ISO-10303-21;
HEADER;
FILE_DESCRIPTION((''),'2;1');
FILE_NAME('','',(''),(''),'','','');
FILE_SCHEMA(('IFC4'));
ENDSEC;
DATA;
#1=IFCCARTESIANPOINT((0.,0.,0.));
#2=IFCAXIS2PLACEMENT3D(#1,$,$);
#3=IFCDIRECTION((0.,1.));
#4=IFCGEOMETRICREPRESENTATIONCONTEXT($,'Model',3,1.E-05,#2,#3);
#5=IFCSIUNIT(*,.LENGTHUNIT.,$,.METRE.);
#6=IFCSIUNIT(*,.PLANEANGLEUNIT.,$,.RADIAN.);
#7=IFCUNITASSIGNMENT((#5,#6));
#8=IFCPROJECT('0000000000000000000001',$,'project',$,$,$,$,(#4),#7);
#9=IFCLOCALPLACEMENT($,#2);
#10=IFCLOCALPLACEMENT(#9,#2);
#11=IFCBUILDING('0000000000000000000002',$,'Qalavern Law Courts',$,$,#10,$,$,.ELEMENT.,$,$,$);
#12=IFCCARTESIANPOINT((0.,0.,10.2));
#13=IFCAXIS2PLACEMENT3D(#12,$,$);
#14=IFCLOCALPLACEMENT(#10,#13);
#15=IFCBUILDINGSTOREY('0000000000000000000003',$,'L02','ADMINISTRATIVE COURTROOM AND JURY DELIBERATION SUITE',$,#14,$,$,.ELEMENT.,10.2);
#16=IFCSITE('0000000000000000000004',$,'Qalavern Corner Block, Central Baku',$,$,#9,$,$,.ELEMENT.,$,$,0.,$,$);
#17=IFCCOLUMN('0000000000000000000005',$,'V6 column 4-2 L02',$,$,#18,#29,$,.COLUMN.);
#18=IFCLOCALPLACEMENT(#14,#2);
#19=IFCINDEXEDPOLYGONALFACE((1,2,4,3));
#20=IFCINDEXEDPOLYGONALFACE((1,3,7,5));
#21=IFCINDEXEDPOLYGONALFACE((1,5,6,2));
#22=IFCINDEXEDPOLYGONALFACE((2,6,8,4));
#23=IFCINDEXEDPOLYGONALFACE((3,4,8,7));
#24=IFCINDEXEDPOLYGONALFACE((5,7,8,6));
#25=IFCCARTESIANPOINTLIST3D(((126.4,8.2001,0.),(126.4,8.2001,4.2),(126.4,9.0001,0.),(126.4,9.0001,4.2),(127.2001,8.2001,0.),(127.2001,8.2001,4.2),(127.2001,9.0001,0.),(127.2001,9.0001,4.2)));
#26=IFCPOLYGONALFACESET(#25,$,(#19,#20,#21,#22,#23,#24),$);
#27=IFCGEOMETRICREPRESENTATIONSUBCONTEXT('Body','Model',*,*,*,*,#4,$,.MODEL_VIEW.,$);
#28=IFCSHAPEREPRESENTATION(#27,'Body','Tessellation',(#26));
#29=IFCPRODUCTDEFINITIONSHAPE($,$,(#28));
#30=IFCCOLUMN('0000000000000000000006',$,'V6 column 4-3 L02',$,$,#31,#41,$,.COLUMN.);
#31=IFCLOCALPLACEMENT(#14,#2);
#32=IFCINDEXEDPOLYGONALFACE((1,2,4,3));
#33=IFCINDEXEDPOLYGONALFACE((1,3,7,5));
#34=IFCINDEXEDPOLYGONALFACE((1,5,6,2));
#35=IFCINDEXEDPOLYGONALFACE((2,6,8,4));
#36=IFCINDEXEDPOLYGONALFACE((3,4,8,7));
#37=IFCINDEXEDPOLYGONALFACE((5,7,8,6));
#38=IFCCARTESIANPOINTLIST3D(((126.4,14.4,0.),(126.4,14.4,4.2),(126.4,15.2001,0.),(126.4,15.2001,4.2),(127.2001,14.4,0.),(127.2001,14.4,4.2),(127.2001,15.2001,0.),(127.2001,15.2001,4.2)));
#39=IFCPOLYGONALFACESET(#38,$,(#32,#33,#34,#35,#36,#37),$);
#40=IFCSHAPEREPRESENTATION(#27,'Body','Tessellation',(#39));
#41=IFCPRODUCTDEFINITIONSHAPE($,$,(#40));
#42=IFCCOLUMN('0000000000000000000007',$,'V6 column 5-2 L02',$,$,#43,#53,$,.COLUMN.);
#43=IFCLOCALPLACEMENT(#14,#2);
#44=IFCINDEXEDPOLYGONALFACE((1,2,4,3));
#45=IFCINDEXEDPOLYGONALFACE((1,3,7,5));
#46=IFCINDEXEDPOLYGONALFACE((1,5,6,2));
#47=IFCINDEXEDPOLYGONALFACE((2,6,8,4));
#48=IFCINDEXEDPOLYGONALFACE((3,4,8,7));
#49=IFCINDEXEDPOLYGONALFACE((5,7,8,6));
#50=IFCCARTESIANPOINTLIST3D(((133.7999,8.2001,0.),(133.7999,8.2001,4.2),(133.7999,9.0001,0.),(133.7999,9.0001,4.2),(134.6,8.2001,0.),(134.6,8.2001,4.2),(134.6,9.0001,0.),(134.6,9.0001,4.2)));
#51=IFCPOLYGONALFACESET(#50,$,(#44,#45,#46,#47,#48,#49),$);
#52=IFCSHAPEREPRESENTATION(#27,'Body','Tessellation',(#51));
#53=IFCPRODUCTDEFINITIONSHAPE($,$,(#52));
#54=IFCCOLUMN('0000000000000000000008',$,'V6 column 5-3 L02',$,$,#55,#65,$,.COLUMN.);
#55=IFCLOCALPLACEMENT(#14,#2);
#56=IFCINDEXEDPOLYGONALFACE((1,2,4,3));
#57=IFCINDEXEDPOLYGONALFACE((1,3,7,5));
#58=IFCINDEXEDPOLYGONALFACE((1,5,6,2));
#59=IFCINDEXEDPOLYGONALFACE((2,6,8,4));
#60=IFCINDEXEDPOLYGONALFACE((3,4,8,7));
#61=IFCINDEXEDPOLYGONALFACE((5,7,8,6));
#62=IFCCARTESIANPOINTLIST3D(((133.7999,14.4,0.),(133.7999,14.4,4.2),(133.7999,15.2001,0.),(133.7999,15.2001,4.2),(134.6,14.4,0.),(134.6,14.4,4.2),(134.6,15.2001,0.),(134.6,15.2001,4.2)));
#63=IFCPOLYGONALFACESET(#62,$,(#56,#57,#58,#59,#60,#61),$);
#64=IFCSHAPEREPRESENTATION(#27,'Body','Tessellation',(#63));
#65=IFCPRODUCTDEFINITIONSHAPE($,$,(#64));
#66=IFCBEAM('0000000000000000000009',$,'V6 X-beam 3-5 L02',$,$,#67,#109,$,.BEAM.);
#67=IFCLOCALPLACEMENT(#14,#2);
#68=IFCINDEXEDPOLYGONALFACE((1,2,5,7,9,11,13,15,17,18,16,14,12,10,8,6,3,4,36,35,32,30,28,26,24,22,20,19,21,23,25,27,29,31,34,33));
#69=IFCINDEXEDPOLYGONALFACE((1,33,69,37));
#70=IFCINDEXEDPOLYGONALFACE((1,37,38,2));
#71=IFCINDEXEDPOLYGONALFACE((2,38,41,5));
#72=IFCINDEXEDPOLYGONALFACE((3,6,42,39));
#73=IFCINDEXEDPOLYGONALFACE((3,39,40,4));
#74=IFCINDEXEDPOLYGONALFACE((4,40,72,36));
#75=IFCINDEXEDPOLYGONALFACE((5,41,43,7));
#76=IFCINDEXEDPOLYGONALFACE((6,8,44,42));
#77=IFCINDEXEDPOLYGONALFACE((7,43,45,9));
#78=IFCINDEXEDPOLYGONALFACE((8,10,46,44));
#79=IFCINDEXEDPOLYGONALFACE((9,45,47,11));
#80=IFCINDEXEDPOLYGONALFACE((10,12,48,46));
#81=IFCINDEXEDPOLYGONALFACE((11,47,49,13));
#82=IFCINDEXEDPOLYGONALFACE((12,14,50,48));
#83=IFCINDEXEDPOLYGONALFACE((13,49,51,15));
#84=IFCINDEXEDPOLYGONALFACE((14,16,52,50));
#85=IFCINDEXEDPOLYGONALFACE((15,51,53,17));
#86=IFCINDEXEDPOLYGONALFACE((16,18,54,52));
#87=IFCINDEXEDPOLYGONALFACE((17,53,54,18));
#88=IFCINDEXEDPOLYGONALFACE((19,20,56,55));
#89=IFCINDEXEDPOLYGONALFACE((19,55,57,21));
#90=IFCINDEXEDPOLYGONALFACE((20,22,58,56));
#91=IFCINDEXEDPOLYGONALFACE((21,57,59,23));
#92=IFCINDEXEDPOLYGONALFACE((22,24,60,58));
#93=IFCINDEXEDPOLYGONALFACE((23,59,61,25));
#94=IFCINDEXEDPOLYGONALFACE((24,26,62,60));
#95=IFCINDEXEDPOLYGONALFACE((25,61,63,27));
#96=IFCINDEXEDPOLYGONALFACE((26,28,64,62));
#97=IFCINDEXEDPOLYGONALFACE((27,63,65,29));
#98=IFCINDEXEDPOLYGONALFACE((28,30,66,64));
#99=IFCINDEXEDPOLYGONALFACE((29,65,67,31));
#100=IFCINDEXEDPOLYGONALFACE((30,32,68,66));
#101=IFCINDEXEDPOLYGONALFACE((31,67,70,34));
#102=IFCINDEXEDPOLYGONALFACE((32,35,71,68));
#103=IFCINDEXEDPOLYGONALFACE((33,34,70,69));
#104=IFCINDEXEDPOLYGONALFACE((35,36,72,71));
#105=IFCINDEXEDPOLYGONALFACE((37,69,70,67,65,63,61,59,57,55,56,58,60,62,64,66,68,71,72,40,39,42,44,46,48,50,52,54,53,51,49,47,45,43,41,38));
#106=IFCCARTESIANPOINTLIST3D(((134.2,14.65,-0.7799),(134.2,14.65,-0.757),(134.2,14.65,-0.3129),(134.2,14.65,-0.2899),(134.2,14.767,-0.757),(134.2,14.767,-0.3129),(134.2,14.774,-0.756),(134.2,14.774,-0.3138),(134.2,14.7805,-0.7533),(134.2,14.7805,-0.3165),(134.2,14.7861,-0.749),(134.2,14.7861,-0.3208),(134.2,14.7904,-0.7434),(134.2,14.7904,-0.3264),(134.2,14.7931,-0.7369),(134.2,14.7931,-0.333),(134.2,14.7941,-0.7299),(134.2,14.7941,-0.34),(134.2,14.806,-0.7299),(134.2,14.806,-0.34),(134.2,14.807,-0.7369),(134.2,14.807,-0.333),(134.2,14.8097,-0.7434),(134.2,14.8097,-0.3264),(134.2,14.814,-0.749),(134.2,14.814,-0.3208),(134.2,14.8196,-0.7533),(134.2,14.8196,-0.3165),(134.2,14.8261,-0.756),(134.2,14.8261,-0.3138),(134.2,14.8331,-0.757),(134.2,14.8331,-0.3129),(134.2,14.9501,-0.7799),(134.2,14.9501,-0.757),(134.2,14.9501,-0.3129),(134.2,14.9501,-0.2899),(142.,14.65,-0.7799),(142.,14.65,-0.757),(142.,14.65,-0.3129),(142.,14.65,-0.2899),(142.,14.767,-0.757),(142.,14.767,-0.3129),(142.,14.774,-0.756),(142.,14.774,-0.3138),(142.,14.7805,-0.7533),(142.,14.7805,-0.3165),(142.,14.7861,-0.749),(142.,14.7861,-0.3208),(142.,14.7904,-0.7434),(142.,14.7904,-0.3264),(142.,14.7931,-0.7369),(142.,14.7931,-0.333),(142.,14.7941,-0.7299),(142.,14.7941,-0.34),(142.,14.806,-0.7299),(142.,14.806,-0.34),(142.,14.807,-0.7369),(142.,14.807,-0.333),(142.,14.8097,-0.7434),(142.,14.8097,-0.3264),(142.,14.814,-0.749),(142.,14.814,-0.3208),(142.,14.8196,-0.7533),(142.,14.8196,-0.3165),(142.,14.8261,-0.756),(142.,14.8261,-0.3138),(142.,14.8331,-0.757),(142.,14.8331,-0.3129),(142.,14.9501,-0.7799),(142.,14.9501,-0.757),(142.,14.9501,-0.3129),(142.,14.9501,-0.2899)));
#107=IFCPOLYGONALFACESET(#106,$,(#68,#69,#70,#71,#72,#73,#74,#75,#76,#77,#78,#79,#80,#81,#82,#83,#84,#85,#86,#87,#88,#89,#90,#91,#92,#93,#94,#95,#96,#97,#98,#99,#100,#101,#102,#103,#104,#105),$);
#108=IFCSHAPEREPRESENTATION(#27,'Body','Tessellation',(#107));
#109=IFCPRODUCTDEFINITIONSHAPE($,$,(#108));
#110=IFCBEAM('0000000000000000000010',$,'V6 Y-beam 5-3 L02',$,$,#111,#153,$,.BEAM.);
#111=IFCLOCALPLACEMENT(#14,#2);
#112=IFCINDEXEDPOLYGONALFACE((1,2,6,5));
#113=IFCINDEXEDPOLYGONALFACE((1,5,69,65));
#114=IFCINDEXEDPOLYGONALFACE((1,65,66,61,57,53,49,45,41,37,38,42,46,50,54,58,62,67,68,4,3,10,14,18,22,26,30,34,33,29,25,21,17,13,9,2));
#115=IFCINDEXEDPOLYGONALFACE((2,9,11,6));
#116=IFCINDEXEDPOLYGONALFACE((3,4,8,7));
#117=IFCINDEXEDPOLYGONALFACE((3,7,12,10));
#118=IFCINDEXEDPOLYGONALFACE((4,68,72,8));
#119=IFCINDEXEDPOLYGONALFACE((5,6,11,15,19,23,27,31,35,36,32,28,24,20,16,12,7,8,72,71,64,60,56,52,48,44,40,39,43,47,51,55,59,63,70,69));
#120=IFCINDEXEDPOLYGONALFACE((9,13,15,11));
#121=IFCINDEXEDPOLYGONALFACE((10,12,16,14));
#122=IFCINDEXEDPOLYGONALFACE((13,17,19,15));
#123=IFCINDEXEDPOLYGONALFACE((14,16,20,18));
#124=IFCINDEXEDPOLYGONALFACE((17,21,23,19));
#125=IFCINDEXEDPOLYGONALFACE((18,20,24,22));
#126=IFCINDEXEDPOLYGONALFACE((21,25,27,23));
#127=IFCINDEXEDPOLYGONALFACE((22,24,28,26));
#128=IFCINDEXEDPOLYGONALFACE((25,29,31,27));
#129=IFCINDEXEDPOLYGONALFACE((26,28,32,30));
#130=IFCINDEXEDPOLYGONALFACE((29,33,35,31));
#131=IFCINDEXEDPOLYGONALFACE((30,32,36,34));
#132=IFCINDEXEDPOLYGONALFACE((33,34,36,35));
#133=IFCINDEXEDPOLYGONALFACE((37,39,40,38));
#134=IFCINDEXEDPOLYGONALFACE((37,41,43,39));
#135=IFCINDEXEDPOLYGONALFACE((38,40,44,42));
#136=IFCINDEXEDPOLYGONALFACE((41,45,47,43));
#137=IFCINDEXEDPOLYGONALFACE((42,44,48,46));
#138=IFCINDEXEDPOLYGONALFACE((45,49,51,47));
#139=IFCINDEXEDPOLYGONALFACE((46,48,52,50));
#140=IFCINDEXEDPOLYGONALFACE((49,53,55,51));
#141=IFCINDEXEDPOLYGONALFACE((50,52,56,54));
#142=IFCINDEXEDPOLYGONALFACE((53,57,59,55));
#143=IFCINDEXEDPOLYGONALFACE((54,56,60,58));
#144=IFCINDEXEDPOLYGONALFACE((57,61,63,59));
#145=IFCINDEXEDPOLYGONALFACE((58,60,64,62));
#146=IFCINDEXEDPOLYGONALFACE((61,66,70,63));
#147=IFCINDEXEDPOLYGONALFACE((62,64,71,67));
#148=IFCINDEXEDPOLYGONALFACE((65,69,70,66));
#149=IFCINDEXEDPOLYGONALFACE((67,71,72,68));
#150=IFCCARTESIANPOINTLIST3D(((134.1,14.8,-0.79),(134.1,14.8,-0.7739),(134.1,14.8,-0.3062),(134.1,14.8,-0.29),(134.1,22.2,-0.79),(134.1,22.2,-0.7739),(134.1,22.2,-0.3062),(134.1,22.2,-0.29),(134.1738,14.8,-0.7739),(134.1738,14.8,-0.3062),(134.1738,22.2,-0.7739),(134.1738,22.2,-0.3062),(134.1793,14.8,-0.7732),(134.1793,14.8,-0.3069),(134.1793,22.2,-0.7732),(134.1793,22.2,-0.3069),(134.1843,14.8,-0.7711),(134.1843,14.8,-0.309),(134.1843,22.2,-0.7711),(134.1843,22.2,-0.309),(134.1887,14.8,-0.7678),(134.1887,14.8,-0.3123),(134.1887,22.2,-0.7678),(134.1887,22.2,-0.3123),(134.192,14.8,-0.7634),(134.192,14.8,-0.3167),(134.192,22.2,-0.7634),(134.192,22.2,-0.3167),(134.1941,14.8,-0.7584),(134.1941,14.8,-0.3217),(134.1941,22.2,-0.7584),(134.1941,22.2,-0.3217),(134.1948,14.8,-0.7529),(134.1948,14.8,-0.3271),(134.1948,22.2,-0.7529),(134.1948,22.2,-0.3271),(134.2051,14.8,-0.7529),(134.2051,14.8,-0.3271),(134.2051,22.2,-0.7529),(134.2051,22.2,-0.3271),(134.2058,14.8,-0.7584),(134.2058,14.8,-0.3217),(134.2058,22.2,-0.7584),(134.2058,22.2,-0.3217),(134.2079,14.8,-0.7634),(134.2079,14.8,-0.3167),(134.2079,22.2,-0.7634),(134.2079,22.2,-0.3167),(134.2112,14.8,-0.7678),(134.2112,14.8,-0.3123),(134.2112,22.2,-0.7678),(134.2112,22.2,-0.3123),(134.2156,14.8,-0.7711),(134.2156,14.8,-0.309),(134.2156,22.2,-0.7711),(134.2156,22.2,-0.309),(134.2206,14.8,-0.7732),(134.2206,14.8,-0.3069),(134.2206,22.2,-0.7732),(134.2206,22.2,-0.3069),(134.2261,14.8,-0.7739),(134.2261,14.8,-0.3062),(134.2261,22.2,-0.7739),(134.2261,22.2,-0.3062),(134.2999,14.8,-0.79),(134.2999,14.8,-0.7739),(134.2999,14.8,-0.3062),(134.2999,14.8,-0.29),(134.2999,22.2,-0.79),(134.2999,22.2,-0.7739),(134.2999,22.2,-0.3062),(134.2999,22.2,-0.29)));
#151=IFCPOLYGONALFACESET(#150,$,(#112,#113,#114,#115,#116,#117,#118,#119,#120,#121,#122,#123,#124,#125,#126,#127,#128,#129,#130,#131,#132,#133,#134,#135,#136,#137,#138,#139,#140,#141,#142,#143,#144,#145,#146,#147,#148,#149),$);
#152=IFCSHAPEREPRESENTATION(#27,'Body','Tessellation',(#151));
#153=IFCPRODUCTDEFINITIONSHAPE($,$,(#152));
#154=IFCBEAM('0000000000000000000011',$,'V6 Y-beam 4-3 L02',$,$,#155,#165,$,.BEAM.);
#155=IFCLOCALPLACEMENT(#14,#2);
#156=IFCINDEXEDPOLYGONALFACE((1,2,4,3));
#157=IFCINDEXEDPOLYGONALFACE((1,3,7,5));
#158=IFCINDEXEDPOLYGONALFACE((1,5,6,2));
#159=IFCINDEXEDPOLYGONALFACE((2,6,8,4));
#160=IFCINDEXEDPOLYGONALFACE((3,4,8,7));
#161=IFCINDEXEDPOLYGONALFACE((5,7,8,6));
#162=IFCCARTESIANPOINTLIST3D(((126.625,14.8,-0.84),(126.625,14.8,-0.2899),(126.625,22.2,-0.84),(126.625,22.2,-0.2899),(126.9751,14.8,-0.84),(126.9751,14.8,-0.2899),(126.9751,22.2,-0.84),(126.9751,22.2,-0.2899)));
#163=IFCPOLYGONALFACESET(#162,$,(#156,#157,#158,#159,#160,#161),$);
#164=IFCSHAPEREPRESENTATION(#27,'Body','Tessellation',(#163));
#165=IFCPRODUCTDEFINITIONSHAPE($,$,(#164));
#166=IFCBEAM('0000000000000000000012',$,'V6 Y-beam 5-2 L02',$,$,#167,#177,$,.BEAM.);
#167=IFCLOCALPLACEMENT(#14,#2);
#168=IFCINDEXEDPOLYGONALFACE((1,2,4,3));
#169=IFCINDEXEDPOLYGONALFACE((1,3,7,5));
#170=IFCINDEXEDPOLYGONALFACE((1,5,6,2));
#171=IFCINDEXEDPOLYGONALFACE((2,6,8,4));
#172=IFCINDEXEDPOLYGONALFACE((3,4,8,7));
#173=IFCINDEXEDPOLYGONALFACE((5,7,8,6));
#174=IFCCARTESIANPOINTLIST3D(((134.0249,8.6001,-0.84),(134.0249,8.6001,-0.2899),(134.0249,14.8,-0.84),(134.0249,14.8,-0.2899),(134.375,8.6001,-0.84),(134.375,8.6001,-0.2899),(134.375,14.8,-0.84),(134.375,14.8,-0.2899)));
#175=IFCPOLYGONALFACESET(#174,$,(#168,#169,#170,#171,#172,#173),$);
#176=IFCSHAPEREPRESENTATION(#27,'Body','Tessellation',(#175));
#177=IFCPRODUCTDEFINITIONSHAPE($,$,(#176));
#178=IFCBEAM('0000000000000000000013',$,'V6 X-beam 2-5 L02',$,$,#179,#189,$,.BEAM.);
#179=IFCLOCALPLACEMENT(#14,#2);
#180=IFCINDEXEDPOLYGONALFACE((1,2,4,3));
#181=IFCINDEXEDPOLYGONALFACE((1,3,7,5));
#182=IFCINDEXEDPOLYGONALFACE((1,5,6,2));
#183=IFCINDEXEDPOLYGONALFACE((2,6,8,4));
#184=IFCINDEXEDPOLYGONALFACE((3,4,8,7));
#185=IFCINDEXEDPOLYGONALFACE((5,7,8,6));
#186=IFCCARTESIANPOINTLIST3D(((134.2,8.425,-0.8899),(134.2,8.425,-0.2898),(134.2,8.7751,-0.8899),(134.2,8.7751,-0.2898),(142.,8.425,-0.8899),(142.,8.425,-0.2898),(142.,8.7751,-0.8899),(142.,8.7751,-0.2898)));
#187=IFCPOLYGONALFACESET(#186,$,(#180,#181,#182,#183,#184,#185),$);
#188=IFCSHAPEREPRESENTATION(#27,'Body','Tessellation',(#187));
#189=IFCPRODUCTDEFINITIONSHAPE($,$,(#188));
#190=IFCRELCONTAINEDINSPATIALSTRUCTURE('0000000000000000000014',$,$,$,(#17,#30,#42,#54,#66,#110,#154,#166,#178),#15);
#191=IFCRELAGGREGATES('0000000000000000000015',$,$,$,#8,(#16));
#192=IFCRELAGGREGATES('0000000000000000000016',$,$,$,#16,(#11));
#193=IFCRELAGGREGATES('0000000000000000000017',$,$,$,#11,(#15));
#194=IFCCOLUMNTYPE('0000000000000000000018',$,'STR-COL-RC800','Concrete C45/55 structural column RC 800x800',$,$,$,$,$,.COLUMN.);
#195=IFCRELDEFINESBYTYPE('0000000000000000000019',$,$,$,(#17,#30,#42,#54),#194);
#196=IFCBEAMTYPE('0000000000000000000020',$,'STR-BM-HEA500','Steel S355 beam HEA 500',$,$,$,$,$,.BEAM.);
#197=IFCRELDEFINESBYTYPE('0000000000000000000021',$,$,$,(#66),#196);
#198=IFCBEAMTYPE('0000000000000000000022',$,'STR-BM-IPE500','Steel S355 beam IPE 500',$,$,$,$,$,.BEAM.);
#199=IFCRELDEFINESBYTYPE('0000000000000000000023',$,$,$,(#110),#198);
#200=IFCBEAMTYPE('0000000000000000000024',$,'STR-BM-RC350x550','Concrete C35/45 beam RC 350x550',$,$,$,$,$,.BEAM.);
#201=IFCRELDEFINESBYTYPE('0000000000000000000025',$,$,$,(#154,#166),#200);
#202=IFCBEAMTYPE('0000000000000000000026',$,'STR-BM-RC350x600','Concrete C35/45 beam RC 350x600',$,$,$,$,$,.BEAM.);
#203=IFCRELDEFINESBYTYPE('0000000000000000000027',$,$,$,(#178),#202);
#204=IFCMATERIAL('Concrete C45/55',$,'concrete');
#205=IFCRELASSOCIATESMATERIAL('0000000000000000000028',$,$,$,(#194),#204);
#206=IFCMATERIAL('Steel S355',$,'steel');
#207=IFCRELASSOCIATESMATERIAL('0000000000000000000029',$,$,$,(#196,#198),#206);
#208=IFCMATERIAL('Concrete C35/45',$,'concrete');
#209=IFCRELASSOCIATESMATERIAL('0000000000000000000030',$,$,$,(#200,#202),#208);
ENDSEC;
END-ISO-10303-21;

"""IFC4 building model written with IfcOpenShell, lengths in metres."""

from ifc_helpers import new_model, si_unit, direction, frame, origin, origin_2d, place, context, subcontext, project, spatial, rectangle, i_section, extrude, material, material_profile, profile_set, type_object, element, save


model = new_model("IFC4")

# Units and contexts
model_context = context("Model", 3, precision=1e-05, world=origin(), true_north=direction((0.0, 1.0)))
body_context = subcontext(model_context, "Body", "Model", "MODEL_VIEW")
ifc_project = project(units=[si_unit("LENGTHUNIT", "METRE"), si_unit("PLANEANGLEUNIT", "RADIAN")], contexts=[model_context])

# Site, building, storey
site_placement = place(None, origin())
site = spatial("IfcSite", under=ifc_project, at=site_placement, Name="Qalavern Corner Block, Central Baku", CompositionType="ELEMENT", RefElevation=0.0)
building_placement = place(site_placement, origin())
building = spatial("IfcBuilding", under=site, at=building_placement, Name="Qalavern Law Courts", CompositionType="ELEMENT")
storey_placement = place(building_placement, frame((0.0, 0.0, 10.2)))
storey = spatial("IfcBuildingStorey", under=building, at=storey_placement, Name="L02", Description="ADMINISTRATIVE COURTROOM AND JURY DELIBERATION SUITE", CompositionType="ELEMENT", Elevation=10.2)

# Columns
ifc_material_1 = material(Name="Concrete C45/55", Category="concrete")
ifc_material_profile_1 = material_profile(ifc_material_1, rectangle(XDim=0.8, YDim=0.8, at=origin_2d()), Name="RC 800x800")
ifc_profile_set_1 = profile_set([ifc_material_profile_1], Name="Concrete C45/55")
column_type = type_object("IfcColumnType", Name="STR-COL-RC800", Description="Concrete C45/55 structural column RC 800x800", PredefinedType="COLUMN", material=ifc_profile_set_1)
for number, where, z_axis, x_axis, name in (
    (1, (126.8, 8.6001, 0.0), (0.0, 0.0, 1.0), (1.0, 0.0, 0.0), "V6 column 4-2 L02"),
    (2, (126.8, 14.8, 0.0), (0.0, 0.0, 1.0), (1.0, 0.0, 0.0), "V6 column 4-3 L02"),
    (3, (134.2, 8.6001, 0.0), (0.0, 0.0, 1.0), (1.0, 0.0, 0.0), "V6 column 5-2 L02"),
    (4, (134.2, 14.8, 0.0), (0.0, 0.0, 1.0), (1.0, 0.0, 0.0), "V6 column 5-3 L02"),
):
    element("IfcColumn", number, at=place(storey_placement, frame(where, z_axis=z_axis, x_axis=x_axis)), inside=storey, type_object=column_type, Name=name, PredefinedType="COLUMN", context=body_context, shape_type="SweptSolid", body=[
        extrude(rectangle(XDim=0.8, YDim=0.8, at=origin_2d()), origin(), (0.0, 0.0, 1.0), 4.2),
    ])

# Beams
ifc_material_2 = material(Name="Steel S355", Category="steel")
ifc_material_profile_2 = material_profile(ifc_material_2, i_section(OverallWidth=0.3, OverallDepth=0.49, WebThickness=0.012, FlangeThickness=0.0229, FilletRadius=0.0271, at=origin_2d()), Name="HEA 500")
ifc_profile_set_2 = profile_set([ifc_material_profile_2], Name="Steel S355")
beam_type_1 = type_object("IfcBeamType", Name="STR-BM-HEA500", Description="Steel S355 beam HEA 500", PredefinedType="BEAM", material=ifc_profile_set_2)
beam_1_placement = place(storey_placement, frame((134.2, 14.8, -0.5349), z_axis=(1.0, 0.0, 0.0), x_axis=(0.0, 1.0, 0.0)))
element("IfcBeam", 5, at=beam_1_placement, inside=storey, type_object=beam_type_1, Name="V6 X-beam 3-5 L02", PredefinedType="BEAM", context=body_context, shape_type="SweptSolid", body=[
    extrude(i_section(OverallWidth=0.3, OverallDepth=0.49, WebThickness=0.012, FlangeThickness=0.0229, FilletRadius=0.0271, at=origin_2d()), origin(), (0.0, 0.0, 1.0), 7.8),
])
ifc_material_profile_3 = material_profile(ifc_material_2, i_section(OverallWidth=0.2, OverallDepth=0.5, WebThickness=0.0103, FlangeThickness=0.0161, FilletRadius=0.021, at=origin_2d()), Name="IPE 500")
ifc_profile_set_3 = profile_set([ifc_material_profile_3], Name="Steel S355")
beam_type_2 = type_object("IfcBeamType", Name="STR-BM-IPE500", Description="Steel S355 beam IPE 500", PredefinedType="BEAM", material=ifc_profile_set_3)
beam_2_placement = place(storey_placement, frame((134.2, 14.8, -0.54), z_axis=(0.0, 1.0, 0.0), x_axis=(-1.0, 0.0, 0.0)))
element("IfcBeam", 6, at=beam_2_placement, inside=storey, type_object=beam_type_2, Name="V6 Y-beam 5-3 L02", PredefinedType="BEAM", context=body_context, shape_type="SweptSolid", body=[
    extrude(i_section(OverallWidth=0.2, OverallDepth=0.5, WebThickness=0.0103, FlangeThickness=0.0161, FilletRadius=0.021, at=origin_2d()), origin(), (0.0, 0.0, 1.0), 7.3999),
])
ifc_material_3 = material(Name="Concrete C35/45", Category="concrete")
ifc_material_profile_4 = material_profile(ifc_material_3, rectangle(XDim=0.3501, YDim=0.55, at=origin_2d()), Name="RC 350x550")
ifc_profile_set_4 = profile_set([ifc_material_profile_4], Name="Concrete C35/45")
beam_type_3 = type_object("IfcBeamType", Name="STR-BM-RC350x550", Description="Concrete C35/45 beam RC 350x550", PredefinedType="BEAM", material=ifc_profile_set_4)
beam_3_placement = place(storey_placement, frame((126.8, 14.8, -0.5649), z_axis=(0.0, 1.0, 0.0), x_axis=(-1.0, 0.0, 0.0)))
element("IfcBeam", 7, at=beam_3_placement, inside=storey, type_object=beam_type_3, Name="V6 Y-beam 4-3 L02", PredefinedType="BEAM", context=body_context, shape_type="SweptSolid", body=[
    extrude(rectangle(XDim=0.3501, YDim=0.55, at=origin_2d()), origin(), (0.0, 0.0, 1.0), 7.3999),
])
beam_4_placement = place(storey_placement, frame((134.2, 8.6001, -0.5649), z_axis=(0.0, 1.0, 0.0), x_axis=(-1.0, 0.0, 0.0)))
element("IfcBeam", 8, at=beam_4_placement, inside=storey, type_object=beam_type_3, Name="V6 Y-beam 5-2 L02", PredefinedType="BEAM", context=body_context, shape_type="SweptSolid", body=[
    extrude(rectangle(XDim=0.3501, YDim=0.55, at=origin_2d()), origin(), (0.0, 0.0, 1.0), 6.2),
])
ifc_material_profile_5 = material_profile(ifc_material_3, rectangle(XDim=0.3501, YDim=0.6001, at=origin_2d()), Name="RC 350x600")
ifc_profile_set_5 = profile_set([ifc_material_profile_5], Name="Concrete C35/45")
beam_type_4 = type_object("IfcBeamType", Name="STR-BM-RC350x600", Description="Concrete C35/45 beam RC 350x600", PredefinedType="BEAM", material=ifc_profile_set_5)
beam_5_placement = place(storey_placement, frame((134.2, 8.6001, -0.5898), z_axis=(1.0, 0.0, 0.0), x_axis=(0.0, 1.0, 0.0)))
element("IfcBeam", 9, at=beam_5_placement, inside=storey, type_object=beam_type_4, Name="V6 X-beam 2-5 L02", PredefinedType="BEAM", context=body_context, shape_type="SweptSolid", body=[
    extrude(rectangle(XDim=0.3501, YDim=0.6001, at=origin_2d()), origin(), (0.0, 0.0, 1.0), 7.8),
])

save(model, "model.ifc")
